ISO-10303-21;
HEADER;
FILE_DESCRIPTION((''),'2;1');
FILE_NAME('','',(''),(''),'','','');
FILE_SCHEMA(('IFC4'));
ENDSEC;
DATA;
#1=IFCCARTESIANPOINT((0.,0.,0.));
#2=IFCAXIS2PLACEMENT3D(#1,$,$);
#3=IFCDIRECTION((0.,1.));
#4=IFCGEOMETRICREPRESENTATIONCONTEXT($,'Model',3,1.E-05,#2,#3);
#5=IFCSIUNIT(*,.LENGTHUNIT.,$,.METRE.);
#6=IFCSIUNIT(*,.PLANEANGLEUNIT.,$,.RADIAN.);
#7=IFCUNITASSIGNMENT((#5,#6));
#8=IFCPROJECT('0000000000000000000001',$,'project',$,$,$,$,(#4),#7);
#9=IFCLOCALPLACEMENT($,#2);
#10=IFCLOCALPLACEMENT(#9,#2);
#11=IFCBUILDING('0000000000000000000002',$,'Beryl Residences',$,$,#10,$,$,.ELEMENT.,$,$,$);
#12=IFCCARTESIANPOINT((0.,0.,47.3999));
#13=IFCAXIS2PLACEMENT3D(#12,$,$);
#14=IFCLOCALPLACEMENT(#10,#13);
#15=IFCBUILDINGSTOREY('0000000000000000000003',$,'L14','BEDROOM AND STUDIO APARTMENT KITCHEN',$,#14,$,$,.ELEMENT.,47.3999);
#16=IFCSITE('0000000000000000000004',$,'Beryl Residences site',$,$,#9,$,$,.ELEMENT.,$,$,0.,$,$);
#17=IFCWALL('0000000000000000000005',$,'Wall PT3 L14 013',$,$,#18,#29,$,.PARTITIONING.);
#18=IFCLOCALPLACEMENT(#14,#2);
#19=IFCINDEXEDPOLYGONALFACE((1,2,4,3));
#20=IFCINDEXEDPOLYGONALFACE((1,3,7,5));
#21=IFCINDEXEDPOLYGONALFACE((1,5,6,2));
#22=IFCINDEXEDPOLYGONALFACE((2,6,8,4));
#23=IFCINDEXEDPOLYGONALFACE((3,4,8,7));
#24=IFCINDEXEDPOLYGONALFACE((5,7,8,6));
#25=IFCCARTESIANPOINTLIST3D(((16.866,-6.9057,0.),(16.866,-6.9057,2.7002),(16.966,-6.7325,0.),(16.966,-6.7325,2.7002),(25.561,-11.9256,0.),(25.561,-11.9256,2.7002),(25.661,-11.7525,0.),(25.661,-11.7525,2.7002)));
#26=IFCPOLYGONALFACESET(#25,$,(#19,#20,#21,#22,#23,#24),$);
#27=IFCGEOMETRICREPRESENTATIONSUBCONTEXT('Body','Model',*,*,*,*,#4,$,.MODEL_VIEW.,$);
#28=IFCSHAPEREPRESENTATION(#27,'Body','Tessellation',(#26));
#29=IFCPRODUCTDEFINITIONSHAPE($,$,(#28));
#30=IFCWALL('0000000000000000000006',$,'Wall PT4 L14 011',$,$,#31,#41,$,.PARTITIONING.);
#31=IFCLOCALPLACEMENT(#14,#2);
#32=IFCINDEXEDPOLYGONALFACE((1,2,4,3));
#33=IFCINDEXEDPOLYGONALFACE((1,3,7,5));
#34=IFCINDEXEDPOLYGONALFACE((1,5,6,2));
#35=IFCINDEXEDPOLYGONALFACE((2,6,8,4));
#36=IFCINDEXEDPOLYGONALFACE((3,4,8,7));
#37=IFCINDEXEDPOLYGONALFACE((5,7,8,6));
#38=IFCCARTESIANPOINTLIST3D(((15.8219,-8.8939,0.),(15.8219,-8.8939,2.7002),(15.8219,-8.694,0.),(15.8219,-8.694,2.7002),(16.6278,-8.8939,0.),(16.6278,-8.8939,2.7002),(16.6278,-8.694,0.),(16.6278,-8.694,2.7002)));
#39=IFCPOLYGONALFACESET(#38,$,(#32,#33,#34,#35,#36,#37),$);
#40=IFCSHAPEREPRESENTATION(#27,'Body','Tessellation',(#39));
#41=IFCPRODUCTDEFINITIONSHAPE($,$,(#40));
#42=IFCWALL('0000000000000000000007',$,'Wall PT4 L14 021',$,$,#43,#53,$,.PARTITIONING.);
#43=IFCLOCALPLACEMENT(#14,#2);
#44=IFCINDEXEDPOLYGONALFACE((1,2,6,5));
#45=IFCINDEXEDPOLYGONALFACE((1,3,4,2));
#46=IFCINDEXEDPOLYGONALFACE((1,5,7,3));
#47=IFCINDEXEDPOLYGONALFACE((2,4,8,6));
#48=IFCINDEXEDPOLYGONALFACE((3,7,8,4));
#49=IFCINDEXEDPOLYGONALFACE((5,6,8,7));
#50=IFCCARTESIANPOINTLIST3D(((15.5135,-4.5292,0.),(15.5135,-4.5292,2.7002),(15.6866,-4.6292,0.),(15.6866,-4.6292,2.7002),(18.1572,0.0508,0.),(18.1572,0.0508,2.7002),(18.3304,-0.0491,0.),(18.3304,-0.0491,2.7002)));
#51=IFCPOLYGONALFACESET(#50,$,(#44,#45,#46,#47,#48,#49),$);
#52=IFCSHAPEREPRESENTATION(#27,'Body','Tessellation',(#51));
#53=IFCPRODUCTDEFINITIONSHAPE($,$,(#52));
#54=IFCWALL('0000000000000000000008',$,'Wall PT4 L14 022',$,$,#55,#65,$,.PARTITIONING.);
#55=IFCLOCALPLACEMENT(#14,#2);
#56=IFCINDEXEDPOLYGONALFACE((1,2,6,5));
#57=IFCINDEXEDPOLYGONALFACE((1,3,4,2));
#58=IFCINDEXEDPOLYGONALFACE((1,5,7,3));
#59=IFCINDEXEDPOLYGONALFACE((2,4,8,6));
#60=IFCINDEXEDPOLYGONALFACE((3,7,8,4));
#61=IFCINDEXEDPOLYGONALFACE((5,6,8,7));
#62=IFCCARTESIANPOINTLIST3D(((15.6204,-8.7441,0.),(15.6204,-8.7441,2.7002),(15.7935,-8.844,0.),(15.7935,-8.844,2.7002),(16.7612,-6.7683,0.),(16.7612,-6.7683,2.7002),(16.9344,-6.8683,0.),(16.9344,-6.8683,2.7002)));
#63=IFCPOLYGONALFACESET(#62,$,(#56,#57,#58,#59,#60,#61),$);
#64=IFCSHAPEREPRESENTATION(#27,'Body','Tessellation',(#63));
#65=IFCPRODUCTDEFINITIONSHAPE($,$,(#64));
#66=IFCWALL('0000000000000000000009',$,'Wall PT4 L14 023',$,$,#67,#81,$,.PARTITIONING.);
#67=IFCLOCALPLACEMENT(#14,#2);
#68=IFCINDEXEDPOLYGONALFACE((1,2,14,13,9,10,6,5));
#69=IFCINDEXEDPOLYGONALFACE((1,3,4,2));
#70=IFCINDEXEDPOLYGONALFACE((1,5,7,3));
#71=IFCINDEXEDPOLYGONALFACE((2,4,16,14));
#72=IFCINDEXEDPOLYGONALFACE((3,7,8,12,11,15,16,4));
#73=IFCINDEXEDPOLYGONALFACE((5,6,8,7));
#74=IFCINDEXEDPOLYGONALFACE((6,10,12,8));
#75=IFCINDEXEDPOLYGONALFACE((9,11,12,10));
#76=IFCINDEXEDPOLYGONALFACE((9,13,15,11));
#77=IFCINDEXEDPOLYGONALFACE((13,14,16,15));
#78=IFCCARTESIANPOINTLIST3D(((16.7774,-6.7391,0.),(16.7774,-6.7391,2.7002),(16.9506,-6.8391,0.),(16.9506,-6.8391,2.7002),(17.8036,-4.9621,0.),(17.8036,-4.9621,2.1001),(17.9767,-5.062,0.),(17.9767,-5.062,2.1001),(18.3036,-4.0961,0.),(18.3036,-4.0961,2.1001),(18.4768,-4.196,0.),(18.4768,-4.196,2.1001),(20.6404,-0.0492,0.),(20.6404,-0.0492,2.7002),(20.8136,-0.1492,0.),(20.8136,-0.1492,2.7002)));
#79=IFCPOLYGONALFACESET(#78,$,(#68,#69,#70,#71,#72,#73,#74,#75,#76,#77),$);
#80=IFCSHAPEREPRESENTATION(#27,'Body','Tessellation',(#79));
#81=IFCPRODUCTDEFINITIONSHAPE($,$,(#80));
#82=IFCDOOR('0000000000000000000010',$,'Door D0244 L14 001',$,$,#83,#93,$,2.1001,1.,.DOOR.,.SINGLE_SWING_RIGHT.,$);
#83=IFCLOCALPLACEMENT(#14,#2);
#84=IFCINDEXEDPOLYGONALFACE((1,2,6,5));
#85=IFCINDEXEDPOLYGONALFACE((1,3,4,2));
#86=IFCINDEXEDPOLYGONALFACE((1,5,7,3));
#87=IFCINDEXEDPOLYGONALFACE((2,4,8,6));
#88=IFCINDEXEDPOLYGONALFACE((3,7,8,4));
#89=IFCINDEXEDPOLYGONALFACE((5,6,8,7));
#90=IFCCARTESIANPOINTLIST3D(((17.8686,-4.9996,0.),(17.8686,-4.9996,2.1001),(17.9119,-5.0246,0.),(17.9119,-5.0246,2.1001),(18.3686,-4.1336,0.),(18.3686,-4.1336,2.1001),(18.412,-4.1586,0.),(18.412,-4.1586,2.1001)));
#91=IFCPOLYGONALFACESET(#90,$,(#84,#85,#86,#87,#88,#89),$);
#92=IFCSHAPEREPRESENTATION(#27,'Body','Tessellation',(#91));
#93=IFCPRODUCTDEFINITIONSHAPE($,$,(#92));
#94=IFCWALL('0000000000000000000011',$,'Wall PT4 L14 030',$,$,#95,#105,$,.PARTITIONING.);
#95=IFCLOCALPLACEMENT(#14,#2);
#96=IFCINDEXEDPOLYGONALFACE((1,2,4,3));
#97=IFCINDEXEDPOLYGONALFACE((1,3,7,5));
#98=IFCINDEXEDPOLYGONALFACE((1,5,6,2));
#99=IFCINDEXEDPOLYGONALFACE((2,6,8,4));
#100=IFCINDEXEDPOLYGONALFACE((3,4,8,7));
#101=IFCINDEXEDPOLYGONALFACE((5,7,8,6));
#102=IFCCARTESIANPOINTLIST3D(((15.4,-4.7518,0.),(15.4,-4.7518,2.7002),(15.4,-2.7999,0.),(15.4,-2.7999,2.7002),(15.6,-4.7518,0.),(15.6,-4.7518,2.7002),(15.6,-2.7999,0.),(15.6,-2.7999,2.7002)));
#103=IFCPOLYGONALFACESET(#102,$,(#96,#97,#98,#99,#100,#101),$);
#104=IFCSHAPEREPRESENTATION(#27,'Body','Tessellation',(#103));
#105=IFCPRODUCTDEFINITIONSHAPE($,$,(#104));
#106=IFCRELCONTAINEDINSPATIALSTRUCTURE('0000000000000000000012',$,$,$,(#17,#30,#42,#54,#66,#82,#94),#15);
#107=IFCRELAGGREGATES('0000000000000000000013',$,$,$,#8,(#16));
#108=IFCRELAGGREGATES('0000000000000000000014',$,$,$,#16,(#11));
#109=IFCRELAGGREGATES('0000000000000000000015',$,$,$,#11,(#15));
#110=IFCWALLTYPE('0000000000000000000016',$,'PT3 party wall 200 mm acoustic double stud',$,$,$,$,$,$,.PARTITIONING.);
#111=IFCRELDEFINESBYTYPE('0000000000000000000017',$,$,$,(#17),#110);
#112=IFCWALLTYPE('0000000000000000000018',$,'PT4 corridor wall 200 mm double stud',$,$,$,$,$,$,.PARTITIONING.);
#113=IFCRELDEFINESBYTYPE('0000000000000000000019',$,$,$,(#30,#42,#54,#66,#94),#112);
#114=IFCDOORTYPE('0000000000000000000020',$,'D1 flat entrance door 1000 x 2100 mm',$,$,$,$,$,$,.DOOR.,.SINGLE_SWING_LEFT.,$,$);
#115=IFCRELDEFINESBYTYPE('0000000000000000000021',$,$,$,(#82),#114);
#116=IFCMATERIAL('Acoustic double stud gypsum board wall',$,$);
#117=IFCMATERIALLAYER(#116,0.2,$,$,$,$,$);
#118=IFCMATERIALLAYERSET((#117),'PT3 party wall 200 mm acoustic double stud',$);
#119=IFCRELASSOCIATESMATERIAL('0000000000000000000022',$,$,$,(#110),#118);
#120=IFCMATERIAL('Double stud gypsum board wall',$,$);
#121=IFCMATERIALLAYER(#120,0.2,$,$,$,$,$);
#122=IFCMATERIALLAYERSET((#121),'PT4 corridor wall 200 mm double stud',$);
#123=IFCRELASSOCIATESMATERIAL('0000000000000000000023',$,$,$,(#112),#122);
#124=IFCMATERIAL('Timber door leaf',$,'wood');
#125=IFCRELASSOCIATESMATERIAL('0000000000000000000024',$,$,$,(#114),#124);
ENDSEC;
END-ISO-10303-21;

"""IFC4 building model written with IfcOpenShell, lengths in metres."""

from ifc_helpers import new_model, si_unit, direction, frame, frame_2d, origin, place, context, subcontext, project, spatial, rectangle, extrude, material, layer, layer_set, type_object, element, fill, save


model = new_model("IFC4")

# Units and contexts
model_context = context("Model", 3, precision=1e-05, world=origin(), true_north=direction((0.0, 1.0)))
body_context = subcontext(model_context, "Body", "Model", "MODEL_VIEW")
ifc_project = project(units=[si_unit("LENGTHUNIT", "METRE"), si_unit("PLANEANGLEUNIT", "RADIAN")], contexts=[model_context])

# Site, building, storey
site_placement = place(None, origin())
site = spatial("IfcSite", under=ifc_project, at=site_placement, Name="Beryl Residences site", CompositionType="ELEMENT", RefElevation=0.0)
building_placement = place(site_placement, origin())
building = spatial("IfcBuilding", under=site, at=building_placement, Name="Beryl Residences", CompositionType="ELEMENT")
storey_placement = place(building_placement, frame((0.0, 0.0, 47.3999)))
storey = spatial("IfcBuildingStorey", under=building, at=storey_placement, Name="L14", Description="BEDROOM AND STUDIO APARTMENT KITCHEN", CompositionType="ELEMENT", Elevation=47.3999)

# Walls
ifc_material_1 = material(Name="Acoustic double stud gypsum board wall")
ifc_layer_1 = layer(ifc_material_1, 0.2)
ifc_layer_set_1 = layer_set([ifc_layer_1], Name="PT3 party wall 200 mm acoustic double stud")
wall_type_1 = type_object("IfcWallType", Name="PT3 party wall 200 mm acoustic double stud", PredefinedType="PARTITIONING", material=ifc_layer_set_1)
wall_1_placement = place(storey_placement, frame((16.916, -6.8191, 0.0), z_axis=(0.0, 0.0, 1.0), x_axis=(0.866029, -0.499994, 0.0)))
element("IfcWall", 1, at=wall_1_placement, inside=storey, type_object=wall_type_1, Name="Wall PT3 L14 013", PredefinedType="PARTITIONING", context=body_context, shape_type="SweptSolid", body=[
    extrude(rectangle(XDim=10.04, YDim=0.2, at=frame_2d((5.02, 0.0))), origin(), (0.0, 0.0, 1.0), 2.7002),
])
ifc_material_2 = material(Name="Double stud gypsum board wall")
ifc_layer_2 = layer(ifc_material_2, 0.2)
ifc_layer_set_2 = layer_set([ifc_layer_2], Name="PT4 corridor wall 200 mm double stud")
wall_type_2 = type_object("IfcWallType", Name="PT4 corridor wall 200 mm double stud", PredefinedType="PARTITIONING", material=ifc_layer_set_2)
wall_2_placement = place(storey_placement, frame((15.822, -8.7939, 0.0), z_axis=(0.0, 0.0, 1.0), x_axis=(1.0, 0.0, 0.0)))
element("IfcWall", 2, at=wall_2_placement, inside=storey, type_object=wall_type_2, Name="Wall PT4 L14 011", PredefinedType="PARTITIONING", context=body_context, shape_type="SweptSolid", body=[
    extrude(rectangle(XDim=0.8059, YDim=0.2, at=frame_2d((0.4028, 0.0))), origin(), (0.0, 0.0, 1.0), 2.7002),
])
wall_3_placement = place(storey_placement, frame((15.6001, -4.5791, 0.0), z_axis=(0.0, 0.0, 1.0), x_axis=(0.499928, 0.866067, 0.0)))
element("IfcWall", 3, at=wall_3_placement, inside=storey, type_object=wall_type_2, Name="Wall PT4 L14 021", PredefinedType="PARTITIONING", context=body_context, shape_type="SweptSolid", body=[
    extrude(rectangle(XDim=5.2883, YDim=0.2, at=frame_2d((2.644, 0.0))), origin(), (0.0, 0.0, 1.0), 2.7002),
])
wall_4_placement = place(storey_placement, frame((15.707, -8.7939, 0.0), z_axis=(0.0, 0.0, 1.0), x_axis=(0.50004, 0.866002, 0.0)))
element("IfcWall", 4, at=wall_4_placement, inside=storey, type_object=wall_type_2, Name="Wall PT4 L14 022", PredefinedType="PARTITIONING", context=body_context, shape_type="SweptSolid", body=[
    extrude(rectangle(XDim=2.2815, YDim=0.2, at=frame_2d((1.1406, 0.0))), origin(), (0.0, 0.0, 1.0), 2.7002),
])

# Wall, opening, door
wall_5_placement = place(storey_placement, frame((16.864, -6.7891, 0.0), z_axis=(0.0, 0.0, 1.0), x_axis=(0.500058, 0.865992, 0.0)))
wall_5 = element("IfcWall", 5, at=wall_5_placement, inside=storey, type_object=wall_type_2, Name="Wall PT4 L14 023", PredefinedType="PARTITIONING", context=body_context, shape_type="SweptSolid", body=[
    extrude(rectangle(XDim=7.7251, YDim=0.2, at=frame_2d((3.8625, 0.0))), origin(), (0.0, 0.0, 1.0), 2.7002),
])
opening_1_placement = place(wall_5_placement, frame((2.052, 0.0, 0.0)))
opening_1 = element("IfcOpeningElement", 6, at=opening_1_placement, cuts=wall_5, PredefinedType="OPENING", context=body_context, shape_type="SweptSolid", body=[
    extrude(rectangle(XDim=1.0, YDim=2.1001, at=frame_2d((0.5, 1.05))), frame((0.0, 0.1099, 0.0), z_axis=(0.0, -1.0, 0.0), x_axis=(1.0, 0.0, 0.0)), (0.0, 0.0, 1.0), 0.22),
])
ifc_material_3 = material(Name="Timber door leaf", Category="wood")
door_type_1 = type_object("IfcDoorType", Name="D1 flat entrance door 1000 x 2100 mm", OperationType="SINGLE_SWING_LEFT", PredefinedType="DOOR", material=ifc_material_3)
door_1_placement = place(opening_1_placement, origin())
door_1 = element("IfcDoor", 7, at=door_1_placement, inside=storey, type_object=door_type_1, Name="Door D0244 L14 001", OperationType="SINGLE_SWING_RIGHT", OverallHeight=2.1001, OverallWidth=1.0, PredefinedType="DOOR", context=body_context, shape_type="SweptSolid", body=[
    extrude(rectangle(XDim=1.0, YDim=2.1001, at=frame_2d((0.5, 1.05))), frame((0.0, 0.0249, 0.0), z_axis=(0.0, -1.0, 0.0), x_axis=(1.0, 0.0, 0.0)), (0.0, 0.0, 1.0), 0.05),
])
fill(opening_1, door_1)

# Wall
wall_6_placement = place(storey_placement, frame((15.5, -4.752, 0.0), z_axis=(0.0, 0.0, 1.0), x_axis=(0.0, 1.0, 0.0)))
element("IfcWall", 8, at=wall_6_placement, inside=storey, type_object=wall_type_2, Name="Wall PT4 L14 030", PredefinedType="PARTITIONING", context=body_context, shape_type="SweptSolid", body=[
    extrude(rectangle(XDim=1.9519, YDim=0.2, at=frame_2d((0.9761, 0.0))), origin(), (0.0, 0.0, 1.0), 2.7002),
])

save(model, "model.ifc")
